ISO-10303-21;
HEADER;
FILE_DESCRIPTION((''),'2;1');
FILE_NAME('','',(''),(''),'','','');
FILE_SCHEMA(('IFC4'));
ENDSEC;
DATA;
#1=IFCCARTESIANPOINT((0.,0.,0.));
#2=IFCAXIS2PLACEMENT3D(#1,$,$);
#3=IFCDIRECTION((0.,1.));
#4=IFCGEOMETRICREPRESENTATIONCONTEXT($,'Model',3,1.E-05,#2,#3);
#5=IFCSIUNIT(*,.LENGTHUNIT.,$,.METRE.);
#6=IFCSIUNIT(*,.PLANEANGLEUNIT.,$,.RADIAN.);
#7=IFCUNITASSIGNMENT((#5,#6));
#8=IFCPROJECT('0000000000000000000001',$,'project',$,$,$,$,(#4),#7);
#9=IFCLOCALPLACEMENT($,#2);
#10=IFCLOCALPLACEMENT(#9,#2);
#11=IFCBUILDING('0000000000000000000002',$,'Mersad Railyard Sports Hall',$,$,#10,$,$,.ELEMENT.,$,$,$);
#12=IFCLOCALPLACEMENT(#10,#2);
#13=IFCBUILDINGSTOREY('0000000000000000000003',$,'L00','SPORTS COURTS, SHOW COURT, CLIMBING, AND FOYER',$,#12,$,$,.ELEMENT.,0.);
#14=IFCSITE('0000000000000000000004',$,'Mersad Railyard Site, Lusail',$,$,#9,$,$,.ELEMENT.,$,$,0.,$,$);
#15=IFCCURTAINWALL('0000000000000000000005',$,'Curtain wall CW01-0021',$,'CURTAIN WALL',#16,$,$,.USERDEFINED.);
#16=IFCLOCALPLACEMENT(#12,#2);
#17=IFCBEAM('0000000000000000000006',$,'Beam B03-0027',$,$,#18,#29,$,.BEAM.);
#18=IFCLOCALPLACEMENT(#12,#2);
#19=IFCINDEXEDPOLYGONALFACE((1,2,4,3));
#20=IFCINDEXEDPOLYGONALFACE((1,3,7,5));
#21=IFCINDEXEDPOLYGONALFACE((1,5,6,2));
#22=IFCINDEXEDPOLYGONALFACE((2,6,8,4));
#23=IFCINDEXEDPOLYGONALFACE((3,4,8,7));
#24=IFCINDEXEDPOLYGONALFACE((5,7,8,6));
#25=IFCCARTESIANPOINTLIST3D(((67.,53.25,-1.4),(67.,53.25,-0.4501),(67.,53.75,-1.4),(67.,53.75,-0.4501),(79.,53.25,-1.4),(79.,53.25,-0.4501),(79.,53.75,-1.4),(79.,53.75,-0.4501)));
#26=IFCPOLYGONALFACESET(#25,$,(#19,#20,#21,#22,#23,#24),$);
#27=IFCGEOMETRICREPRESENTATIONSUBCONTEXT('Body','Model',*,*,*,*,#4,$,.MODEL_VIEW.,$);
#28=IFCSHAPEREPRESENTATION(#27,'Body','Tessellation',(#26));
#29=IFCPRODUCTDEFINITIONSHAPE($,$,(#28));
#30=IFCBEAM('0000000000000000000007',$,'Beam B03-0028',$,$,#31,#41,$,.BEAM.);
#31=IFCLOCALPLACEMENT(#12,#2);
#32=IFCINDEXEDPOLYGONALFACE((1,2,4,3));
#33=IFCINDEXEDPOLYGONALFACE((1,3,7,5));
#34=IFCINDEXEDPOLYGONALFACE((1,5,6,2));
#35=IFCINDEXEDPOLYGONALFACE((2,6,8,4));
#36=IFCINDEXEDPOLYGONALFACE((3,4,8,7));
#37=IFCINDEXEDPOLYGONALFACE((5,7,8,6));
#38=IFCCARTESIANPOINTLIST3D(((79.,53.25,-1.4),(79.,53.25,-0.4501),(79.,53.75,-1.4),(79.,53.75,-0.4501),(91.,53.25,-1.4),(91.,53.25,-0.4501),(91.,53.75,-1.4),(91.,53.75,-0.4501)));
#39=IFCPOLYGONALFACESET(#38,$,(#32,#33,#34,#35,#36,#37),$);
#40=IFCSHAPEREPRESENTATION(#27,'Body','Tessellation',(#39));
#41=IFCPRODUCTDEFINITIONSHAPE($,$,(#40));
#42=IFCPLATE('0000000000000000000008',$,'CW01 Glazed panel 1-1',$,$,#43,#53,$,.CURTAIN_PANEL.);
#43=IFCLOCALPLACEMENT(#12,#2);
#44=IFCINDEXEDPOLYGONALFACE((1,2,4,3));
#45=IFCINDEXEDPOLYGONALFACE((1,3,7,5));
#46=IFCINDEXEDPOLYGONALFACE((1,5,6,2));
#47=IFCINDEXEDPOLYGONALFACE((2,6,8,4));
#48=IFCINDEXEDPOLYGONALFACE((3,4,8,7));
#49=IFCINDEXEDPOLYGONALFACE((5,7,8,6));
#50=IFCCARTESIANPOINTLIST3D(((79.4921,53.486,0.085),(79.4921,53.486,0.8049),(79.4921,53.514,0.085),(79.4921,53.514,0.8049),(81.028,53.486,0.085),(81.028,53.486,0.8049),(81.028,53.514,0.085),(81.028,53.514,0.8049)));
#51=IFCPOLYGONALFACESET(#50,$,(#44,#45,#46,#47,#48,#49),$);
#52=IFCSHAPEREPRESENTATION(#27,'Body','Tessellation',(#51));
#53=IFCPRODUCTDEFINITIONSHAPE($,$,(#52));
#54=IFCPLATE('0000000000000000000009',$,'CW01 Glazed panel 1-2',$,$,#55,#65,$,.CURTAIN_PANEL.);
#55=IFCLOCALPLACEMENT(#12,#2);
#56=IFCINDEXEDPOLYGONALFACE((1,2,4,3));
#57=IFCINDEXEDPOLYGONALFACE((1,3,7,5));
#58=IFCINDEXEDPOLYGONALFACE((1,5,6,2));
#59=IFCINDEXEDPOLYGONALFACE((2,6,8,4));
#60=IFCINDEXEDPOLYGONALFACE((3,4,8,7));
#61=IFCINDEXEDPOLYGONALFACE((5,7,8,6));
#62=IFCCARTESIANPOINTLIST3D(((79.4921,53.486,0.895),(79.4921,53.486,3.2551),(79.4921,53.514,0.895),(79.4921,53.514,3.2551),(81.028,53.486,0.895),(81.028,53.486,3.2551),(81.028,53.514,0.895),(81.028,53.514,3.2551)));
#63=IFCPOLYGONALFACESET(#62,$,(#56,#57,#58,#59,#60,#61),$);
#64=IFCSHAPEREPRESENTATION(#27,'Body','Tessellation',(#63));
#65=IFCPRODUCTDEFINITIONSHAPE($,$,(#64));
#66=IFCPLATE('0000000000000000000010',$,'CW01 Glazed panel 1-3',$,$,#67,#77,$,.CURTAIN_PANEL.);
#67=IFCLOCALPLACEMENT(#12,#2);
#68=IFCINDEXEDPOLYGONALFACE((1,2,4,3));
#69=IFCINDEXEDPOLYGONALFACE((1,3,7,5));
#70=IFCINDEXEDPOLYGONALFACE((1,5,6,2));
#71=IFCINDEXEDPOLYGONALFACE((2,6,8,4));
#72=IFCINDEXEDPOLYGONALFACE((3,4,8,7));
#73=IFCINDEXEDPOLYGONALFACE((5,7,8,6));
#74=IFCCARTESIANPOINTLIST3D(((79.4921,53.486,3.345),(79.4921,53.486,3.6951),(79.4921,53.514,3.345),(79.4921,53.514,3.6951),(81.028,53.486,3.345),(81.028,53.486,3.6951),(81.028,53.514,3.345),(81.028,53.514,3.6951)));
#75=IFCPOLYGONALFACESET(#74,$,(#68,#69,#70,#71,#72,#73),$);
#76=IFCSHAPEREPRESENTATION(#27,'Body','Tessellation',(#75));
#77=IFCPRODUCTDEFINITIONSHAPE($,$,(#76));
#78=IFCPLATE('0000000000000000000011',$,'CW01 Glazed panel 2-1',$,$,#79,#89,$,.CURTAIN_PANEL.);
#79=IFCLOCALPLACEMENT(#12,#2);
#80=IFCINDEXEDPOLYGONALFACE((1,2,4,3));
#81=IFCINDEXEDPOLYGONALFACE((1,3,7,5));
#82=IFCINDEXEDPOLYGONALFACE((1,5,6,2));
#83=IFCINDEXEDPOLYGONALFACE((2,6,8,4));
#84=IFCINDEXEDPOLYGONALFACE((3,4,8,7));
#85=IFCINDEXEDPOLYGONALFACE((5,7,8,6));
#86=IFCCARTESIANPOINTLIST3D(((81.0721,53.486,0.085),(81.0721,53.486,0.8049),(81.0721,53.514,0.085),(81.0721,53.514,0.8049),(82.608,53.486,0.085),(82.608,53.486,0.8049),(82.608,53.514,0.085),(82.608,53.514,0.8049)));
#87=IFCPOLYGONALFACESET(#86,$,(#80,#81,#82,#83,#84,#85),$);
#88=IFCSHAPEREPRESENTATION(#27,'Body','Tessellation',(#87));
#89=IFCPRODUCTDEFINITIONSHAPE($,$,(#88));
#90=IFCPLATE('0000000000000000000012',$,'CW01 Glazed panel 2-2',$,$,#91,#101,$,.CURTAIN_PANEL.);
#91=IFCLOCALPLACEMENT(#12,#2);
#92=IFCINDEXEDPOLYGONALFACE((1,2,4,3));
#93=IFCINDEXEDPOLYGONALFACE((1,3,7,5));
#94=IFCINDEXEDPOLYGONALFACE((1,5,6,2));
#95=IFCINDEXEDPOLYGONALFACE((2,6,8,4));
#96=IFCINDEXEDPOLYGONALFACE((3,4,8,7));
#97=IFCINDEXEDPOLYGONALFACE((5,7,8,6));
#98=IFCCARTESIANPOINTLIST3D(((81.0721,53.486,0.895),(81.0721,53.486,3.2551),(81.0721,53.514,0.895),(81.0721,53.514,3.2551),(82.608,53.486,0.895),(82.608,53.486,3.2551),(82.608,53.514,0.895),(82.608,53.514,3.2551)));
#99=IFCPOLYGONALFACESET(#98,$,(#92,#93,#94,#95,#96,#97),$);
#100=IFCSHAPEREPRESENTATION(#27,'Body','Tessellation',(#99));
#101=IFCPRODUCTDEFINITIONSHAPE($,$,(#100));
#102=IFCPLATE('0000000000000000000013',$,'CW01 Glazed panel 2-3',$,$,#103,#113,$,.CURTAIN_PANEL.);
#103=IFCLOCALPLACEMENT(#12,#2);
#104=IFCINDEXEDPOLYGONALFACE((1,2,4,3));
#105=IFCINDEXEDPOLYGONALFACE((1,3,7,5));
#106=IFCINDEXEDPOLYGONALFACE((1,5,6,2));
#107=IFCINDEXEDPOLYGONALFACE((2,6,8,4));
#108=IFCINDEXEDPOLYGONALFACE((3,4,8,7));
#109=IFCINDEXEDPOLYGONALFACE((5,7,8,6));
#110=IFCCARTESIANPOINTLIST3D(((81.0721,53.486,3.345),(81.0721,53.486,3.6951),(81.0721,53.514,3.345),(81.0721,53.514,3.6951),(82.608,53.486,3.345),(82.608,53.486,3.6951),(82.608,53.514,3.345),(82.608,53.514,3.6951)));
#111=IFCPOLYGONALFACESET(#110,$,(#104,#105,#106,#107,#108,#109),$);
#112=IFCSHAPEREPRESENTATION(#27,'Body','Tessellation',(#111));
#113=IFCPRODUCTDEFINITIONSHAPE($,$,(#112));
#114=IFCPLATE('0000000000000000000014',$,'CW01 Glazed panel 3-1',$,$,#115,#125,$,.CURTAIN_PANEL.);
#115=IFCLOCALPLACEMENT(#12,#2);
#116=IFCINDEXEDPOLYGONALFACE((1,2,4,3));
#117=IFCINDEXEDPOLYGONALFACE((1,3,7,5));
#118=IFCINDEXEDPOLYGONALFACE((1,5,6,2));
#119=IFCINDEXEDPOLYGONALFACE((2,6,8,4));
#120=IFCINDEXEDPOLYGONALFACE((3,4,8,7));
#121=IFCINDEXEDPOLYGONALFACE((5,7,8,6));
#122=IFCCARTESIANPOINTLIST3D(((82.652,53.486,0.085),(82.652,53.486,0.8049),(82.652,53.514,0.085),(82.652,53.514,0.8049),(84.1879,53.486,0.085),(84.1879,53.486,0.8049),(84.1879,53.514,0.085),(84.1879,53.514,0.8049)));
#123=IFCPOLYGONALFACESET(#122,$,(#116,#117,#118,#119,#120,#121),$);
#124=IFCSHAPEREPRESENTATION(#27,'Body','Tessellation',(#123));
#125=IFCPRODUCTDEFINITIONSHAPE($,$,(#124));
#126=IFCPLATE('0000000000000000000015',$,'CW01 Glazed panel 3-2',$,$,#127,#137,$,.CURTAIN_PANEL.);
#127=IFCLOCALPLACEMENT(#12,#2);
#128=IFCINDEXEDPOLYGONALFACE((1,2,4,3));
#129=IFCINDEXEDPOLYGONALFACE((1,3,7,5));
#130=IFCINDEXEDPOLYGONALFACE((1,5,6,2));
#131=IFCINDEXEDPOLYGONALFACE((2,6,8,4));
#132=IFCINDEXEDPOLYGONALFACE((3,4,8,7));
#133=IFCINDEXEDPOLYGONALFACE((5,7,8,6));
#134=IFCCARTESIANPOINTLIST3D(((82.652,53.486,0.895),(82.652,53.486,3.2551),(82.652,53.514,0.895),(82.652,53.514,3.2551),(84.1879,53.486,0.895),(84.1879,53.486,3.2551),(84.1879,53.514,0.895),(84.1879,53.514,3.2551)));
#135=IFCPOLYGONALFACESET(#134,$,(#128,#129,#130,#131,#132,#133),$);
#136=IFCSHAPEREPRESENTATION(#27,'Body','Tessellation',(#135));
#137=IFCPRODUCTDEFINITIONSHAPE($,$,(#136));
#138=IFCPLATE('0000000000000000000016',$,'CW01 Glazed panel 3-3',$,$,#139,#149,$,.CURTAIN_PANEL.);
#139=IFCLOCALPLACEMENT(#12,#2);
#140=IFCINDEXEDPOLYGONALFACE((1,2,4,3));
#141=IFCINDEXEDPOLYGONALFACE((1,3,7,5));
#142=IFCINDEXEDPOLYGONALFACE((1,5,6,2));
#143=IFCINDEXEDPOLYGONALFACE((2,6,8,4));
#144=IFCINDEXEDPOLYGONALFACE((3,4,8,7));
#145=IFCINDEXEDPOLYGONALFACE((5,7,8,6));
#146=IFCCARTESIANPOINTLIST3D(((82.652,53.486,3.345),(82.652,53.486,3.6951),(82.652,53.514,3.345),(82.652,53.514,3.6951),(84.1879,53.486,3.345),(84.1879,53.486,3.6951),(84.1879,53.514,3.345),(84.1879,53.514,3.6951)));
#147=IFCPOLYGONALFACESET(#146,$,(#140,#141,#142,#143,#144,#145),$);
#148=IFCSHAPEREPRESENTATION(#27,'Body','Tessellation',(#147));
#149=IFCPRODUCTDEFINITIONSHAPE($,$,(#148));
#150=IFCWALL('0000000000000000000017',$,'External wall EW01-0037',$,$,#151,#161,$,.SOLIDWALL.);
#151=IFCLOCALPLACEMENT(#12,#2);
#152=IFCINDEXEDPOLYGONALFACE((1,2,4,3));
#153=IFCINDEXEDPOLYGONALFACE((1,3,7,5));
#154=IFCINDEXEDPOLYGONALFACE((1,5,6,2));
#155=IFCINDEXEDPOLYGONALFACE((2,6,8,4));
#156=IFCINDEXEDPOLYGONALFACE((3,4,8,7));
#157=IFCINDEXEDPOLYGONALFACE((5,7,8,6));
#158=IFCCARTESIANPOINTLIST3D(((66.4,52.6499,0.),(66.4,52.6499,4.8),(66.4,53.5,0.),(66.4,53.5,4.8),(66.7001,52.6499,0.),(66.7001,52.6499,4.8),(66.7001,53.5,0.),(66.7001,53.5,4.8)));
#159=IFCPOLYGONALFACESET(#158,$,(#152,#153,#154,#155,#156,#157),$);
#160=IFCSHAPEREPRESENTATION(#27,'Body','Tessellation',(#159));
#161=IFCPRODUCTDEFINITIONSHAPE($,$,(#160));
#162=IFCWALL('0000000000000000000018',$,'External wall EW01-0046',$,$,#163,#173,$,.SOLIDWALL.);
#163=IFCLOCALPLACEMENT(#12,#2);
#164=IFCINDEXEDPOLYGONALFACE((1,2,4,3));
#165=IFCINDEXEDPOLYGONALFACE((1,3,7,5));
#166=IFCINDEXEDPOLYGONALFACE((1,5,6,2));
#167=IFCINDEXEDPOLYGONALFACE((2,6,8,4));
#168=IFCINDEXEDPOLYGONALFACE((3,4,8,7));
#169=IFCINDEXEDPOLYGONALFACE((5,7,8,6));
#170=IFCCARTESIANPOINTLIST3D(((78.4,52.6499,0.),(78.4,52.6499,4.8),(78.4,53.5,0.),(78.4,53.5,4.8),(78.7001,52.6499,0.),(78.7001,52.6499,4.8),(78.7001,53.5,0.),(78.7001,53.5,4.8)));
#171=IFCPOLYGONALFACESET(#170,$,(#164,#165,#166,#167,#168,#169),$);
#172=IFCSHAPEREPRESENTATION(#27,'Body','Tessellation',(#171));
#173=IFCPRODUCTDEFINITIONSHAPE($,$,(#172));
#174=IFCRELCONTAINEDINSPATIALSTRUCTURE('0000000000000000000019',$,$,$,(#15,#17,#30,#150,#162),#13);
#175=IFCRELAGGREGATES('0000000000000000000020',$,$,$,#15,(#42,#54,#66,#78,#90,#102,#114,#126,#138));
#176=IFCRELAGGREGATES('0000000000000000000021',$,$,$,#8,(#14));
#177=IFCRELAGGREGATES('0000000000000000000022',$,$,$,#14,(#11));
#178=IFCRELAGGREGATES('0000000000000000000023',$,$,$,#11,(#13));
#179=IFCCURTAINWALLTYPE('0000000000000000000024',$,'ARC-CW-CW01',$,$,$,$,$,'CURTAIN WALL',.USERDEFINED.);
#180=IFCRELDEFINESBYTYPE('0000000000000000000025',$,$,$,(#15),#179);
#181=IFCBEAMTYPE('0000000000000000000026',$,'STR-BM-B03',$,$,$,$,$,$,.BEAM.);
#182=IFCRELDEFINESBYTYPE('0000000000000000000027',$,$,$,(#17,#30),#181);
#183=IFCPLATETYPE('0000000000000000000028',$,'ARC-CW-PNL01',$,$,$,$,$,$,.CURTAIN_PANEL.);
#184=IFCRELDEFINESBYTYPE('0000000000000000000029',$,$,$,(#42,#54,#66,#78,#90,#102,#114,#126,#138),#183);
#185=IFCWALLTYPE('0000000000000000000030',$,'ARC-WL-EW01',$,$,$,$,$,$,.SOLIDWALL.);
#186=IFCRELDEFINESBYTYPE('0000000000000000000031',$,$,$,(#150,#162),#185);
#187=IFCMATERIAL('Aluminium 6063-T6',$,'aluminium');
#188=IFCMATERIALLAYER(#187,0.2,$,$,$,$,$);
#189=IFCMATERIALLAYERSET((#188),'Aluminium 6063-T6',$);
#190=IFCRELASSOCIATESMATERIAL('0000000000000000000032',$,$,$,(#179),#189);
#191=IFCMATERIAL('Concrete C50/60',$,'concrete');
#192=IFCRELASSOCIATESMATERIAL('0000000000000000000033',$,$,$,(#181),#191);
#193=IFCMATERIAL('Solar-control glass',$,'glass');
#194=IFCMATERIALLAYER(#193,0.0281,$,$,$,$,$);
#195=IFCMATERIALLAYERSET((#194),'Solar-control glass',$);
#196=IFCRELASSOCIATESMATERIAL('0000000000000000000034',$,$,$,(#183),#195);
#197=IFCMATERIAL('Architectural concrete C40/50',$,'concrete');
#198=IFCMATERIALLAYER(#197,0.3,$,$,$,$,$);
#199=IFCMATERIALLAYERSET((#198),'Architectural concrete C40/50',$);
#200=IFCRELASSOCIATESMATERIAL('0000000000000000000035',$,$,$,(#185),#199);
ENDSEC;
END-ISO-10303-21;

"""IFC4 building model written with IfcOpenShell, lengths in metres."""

from ifc_helpers import new_model, si_unit, direction, frame, frame_2d, origin, origin_2d, place, context, subcontext, project, spatial, rectangle, extrude, material, layer, layer_set, material_profile, profile_set, type_object, element, aggregate, save


model = new_model("IFC4")

# Units and contexts
model_context = context("Model", 3, precision=1e-05, world=origin(), true_north=direction((0.0, 1.0)))
body_context = subcontext(model_context, "Body", "Model", "MODEL_VIEW")
ifc_project = project(units=[si_unit("LENGTHUNIT", "METRE"), si_unit("PLANEANGLEUNIT", "RADIAN")], contexts=[model_context])

# Site, building, storey
site_placement = place(None, origin())
site = spatial("IfcSite", under=ifc_project, at=site_placement, Name="Mersad Railyard Site, Lusail", CompositionType="ELEMENT", RefElevation=0.0)
building_placement = place(site_placement, origin())
building = spatial("IfcBuilding", under=site, at=building_placement, Name="Mersad Railyard Sports Hall", CompositionType="ELEMENT")
storey_placement = place(building_placement, origin())
storey = spatial("IfcBuildingStorey", under=building, at=storey_placement, Name="L00", Description="SPORTS COURTS, SHOW COURT, CLIMBING, AND FOYER", CompositionType="ELEMENT", Elevation=0.0)

# Curtain wall
ifc_material_1 = material(Name="Aluminium 6063-T6", Category="aluminium")
ifc_layer_1 = layer(ifc_material_1, 0.2)
ifc_layer_set_1 = layer_set([ifc_layer_1], Name="Aluminium 6063-T6")
curtain_wall_type = type_object("IfcCurtainWallType", Name="ARC-CW-CW01", ElementType="CURTAIN WALL", PredefinedType="USERDEFINED", material=ifc_layer_set_1)
curtain_wall_placement = place(storey_placement, origin())
curtain_wall = element("IfcCurtainWall", 1, at=curtain_wall_placement, inside=storey, type_object=curtain_wall_type, Name="Curtain wall CW01-0021", ObjectType="CURTAIN WALL", PredefinedType="USERDEFINED")

# Beams
ifc_material_2 = material(Name="Concrete C50/60", Category="concrete")
ifc_material_profile_1 = material_profile(ifc_material_2, rectangle(XDim=0.5, YDim=0.95, at=origin_2d()), Name="RC 500x950")
ifc_profile_set_1 = profile_set([ifc_material_profile_1], Name="Concrete C50/60")
beam_type = type_object("IfcBeamType", Name="STR-BM-B03", PredefinedType="BEAM", material=ifc_profile_set_1)
for number, where, z_axis, x_axis, name in (
    (2, (67.0, 53.5, -0.925), (1.0, 0.0, 0.0), (0.0, 1.0, 0.0), "Beam B03-0027"),
    (3, (79.0, 53.5, -0.925), (1.0, 0.0, 0.0), (0.0, 1.0, 0.0), "Beam B03-0028"),
):
    element("IfcBeam", number, at=place(storey_placement, frame(where, z_axis=z_axis, x_axis=x_axis)), inside=storey, type_object=beam_type, Name=name, PredefinedType="BEAM", context=body_context, shape_type="SweptSolid", body=[
        extrude(rectangle(XDim=0.5, YDim=0.95, at=origin_2d()), origin(), (0.0, 0.0, 1.0), 12.0),
    ])

# Plates
ifc_material_3 = material(Name="Solar-control glass", Category="glass")
ifc_layer_2 = layer(ifc_material_3, 0.0281)
ifc_layer_set_2 = layer_set([ifc_layer_2], Name="Solar-control glass")
plate_type = type_object("IfcPlateType", Name="ARC-CW-PNL01", PredefinedType="CURTAIN_PANEL", material=ifc_layer_set_2)
plate_1_placement = place(storey_placement, frame((80.26, 53.5, 0.085), z_axis=(0.0, 0.0, 1.0), x_axis=(1.0, 0.0, 0.0)))
plate_1 = element("IfcPlate", 4, at=plate_1_placement, type_object=plate_type, Name="CW01 Glazed panel 1-1", PredefinedType="CURTAIN_PANEL", context=body_context, shape_type="SweptSolid", body=[
    extrude(rectangle(XDim=1.5359, YDim=0.0281, at=origin_2d()), origin(), (0.0, 0.0, 1.0), 0.72),
])
plate_2_placement = place(storey_placement, frame((80.26, 53.5, 0.895), z_axis=(0.0, 0.0, 1.0), x_axis=(1.0, 0.0, 0.0)))
plate_2 = element("IfcPlate", 5, at=plate_2_placement, type_object=plate_type, Name="CW01 Glazed panel 1-2", PredefinedType="CURTAIN_PANEL", context=body_context, shape_type="SweptSolid", body=[
    extrude(rectangle(XDim=1.5359, YDim=0.0281, at=origin_2d()), origin(), (0.0, 0.0, 1.0), 2.3601),
])
plate_3_placement = place(storey_placement, frame((80.26, 53.5, 3.345), z_axis=(0.0, 0.0, 1.0), x_axis=(1.0, 0.0, 0.0)))
plate_3 = element("IfcPlate", 6, at=plate_3_placement, type_object=plate_type, Name="CW01 Glazed panel 1-3", PredefinedType="CURTAIN_PANEL", context=body_context, shape_type="SweptSolid", body=[
    extrude(rectangle(XDim=1.5359, YDim=0.0281, at=origin_2d()), origin(), (0.0, 0.0, 1.0), 0.3501),
])
plate_4_placement = place(storey_placement, frame((81.8401, 53.5, 0.085), z_axis=(0.0, 0.0, 1.0), x_axis=(1.0, 0.0, 0.0)))
plate_4 = element("IfcPlate", 7, at=plate_4_placement, type_object=plate_type, Name="CW01 Glazed panel 2-1", PredefinedType="CURTAIN_PANEL", context=body_context, shape_type="SweptSolid", body=[
    extrude(rectangle(XDim=1.5359, YDim=0.0281, at=origin_2d()), origin(), (0.0, 0.0, 1.0), 0.72),
])
plate_5_placement = place(storey_placement, frame((81.8401, 53.5, 0.895), z_axis=(0.0, 0.0, 1.0), x_axis=(1.0, 0.0, 0.0)))
plate_5 = element("IfcPlate", 8, at=plate_5_placement, type_object=plate_type, Name="CW01 Glazed panel 2-2", PredefinedType="CURTAIN_PANEL", context=body_context, shape_type="SweptSolid", body=[
    extrude(rectangle(XDim=1.5359, YDim=0.0281, at=origin_2d()), origin(), (0.0, 0.0, 1.0), 2.3601),
])
plate_6_placement = place(storey_placement, frame((81.8401, 53.5, 3.345), z_axis=(0.0, 0.0, 1.0), x_axis=(1.0, 0.0, 0.0)))
plate_6 = element("IfcPlate", 9, at=plate_6_placement, type_object=plate_type, Name="CW01 Glazed panel 2-3", PredefinedType="CURTAIN_PANEL", context=body_context, shape_type="SweptSolid", body=[
    extrude(rectangle(XDim=1.5359, YDim=0.0281, at=origin_2d()), origin(), (0.0, 0.0, 1.0), 0.3501),
])
plate_7_placement = place(storey_placement, frame((83.4199, 53.5, 0.085), z_axis=(0.0, 0.0, 1.0), x_axis=(1.0, 0.0, 0.0)))
plate_7 = element("IfcPlate", 10, at=plate_7_placement, type_object=plate_type, Name="CW01 Glazed panel 3-1", PredefinedType="CURTAIN_PANEL", context=body_context, shape_type="SweptSolid", body=[
    extrude(rectangle(XDim=1.5359, YDim=0.0281, at=origin_2d()), origin(), (0.0, 0.0, 1.0), 0.72),
])
plate_8_placement = place(storey_placement, frame((83.4199, 53.5, 0.895), z_axis=(0.0, 0.0, 1.0), x_axis=(1.0, 0.0, 0.0)))
plate_8 = element("IfcPlate", 11, at=plate_8_placement, type_object=plate_type, Name="CW01 Glazed panel 3-2", PredefinedType="CURTAIN_PANEL", context=body_context, shape_type="SweptSolid", body=[
    extrude(rectangle(XDim=1.5359, YDim=0.0281, at=origin_2d()), origin(), (0.0, 0.0, 1.0), 2.3601),
])
plate_9_placement = place(storey_placement, frame((83.4199, 53.5, 3.345), z_axis=(0.0, 0.0, 1.0), x_axis=(1.0, 0.0, 0.0)))
plate_9 = element("IfcPlate", 12, at=plate_9_placement, type_object=plate_type, Name="CW01 Glazed panel 3-3", PredefinedType="CURTAIN_PANEL", context=body_context, shape_type="SweptSolid", body=[
    extrude(rectangle(XDim=1.5359, YDim=0.0281, at=origin_2d()), origin(), (0.0, 0.0, 1.0), 0.3501),
])
aggregate(curtain_wall, [plate_1, plate_2, plate_3, plate_4, plate_5, plate_6, plate_7, plate_8, plate_9])

# Walls
ifc_material_4 = material(Name="Architectural concrete C40/50", Category="concrete")
ifc_layer_3 = layer(ifc_material_4, 0.3)
ifc_layer_set_3 = layer_set([ifc_layer_3], Name="Architectural concrete C40/50")
wall_type = type_object("IfcWallType", Name="ARC-WL-EW01", PredefinedType="SOLIDWALL", material=ifc_layer_set_3)
for number, where, z_axis, x_axis, name in (
    (13, (66.55, 53.5, 0.0), (0.0, 0.0, 1.0), (0.0, -1.0, 0.0), "External wall EW01-0037"),
    (14, (78.55, 53.5, 0.0), (0.0, 0.0, 1.0), (0.0, -1.0, 0.0), "External wall EW01-0046"),
):
    element("IfcWall", number, at=place(storey_placement, frame(where, z_axis=z_axis, x_axis=x_axis)), inside=storey, type_object=wall_type, Name=name, PredefinedType="SOLIDWALL", context=body_context, shape_type="SweptSolid", body=[
        extrude(rectangle(XDim=0.8501, YDim=0.3, at=frame_2d((0.425, 0.0))), origin(), (0.0, 0.0, 1.0), 4.8),
    ])

save(model, "model.ifc")
